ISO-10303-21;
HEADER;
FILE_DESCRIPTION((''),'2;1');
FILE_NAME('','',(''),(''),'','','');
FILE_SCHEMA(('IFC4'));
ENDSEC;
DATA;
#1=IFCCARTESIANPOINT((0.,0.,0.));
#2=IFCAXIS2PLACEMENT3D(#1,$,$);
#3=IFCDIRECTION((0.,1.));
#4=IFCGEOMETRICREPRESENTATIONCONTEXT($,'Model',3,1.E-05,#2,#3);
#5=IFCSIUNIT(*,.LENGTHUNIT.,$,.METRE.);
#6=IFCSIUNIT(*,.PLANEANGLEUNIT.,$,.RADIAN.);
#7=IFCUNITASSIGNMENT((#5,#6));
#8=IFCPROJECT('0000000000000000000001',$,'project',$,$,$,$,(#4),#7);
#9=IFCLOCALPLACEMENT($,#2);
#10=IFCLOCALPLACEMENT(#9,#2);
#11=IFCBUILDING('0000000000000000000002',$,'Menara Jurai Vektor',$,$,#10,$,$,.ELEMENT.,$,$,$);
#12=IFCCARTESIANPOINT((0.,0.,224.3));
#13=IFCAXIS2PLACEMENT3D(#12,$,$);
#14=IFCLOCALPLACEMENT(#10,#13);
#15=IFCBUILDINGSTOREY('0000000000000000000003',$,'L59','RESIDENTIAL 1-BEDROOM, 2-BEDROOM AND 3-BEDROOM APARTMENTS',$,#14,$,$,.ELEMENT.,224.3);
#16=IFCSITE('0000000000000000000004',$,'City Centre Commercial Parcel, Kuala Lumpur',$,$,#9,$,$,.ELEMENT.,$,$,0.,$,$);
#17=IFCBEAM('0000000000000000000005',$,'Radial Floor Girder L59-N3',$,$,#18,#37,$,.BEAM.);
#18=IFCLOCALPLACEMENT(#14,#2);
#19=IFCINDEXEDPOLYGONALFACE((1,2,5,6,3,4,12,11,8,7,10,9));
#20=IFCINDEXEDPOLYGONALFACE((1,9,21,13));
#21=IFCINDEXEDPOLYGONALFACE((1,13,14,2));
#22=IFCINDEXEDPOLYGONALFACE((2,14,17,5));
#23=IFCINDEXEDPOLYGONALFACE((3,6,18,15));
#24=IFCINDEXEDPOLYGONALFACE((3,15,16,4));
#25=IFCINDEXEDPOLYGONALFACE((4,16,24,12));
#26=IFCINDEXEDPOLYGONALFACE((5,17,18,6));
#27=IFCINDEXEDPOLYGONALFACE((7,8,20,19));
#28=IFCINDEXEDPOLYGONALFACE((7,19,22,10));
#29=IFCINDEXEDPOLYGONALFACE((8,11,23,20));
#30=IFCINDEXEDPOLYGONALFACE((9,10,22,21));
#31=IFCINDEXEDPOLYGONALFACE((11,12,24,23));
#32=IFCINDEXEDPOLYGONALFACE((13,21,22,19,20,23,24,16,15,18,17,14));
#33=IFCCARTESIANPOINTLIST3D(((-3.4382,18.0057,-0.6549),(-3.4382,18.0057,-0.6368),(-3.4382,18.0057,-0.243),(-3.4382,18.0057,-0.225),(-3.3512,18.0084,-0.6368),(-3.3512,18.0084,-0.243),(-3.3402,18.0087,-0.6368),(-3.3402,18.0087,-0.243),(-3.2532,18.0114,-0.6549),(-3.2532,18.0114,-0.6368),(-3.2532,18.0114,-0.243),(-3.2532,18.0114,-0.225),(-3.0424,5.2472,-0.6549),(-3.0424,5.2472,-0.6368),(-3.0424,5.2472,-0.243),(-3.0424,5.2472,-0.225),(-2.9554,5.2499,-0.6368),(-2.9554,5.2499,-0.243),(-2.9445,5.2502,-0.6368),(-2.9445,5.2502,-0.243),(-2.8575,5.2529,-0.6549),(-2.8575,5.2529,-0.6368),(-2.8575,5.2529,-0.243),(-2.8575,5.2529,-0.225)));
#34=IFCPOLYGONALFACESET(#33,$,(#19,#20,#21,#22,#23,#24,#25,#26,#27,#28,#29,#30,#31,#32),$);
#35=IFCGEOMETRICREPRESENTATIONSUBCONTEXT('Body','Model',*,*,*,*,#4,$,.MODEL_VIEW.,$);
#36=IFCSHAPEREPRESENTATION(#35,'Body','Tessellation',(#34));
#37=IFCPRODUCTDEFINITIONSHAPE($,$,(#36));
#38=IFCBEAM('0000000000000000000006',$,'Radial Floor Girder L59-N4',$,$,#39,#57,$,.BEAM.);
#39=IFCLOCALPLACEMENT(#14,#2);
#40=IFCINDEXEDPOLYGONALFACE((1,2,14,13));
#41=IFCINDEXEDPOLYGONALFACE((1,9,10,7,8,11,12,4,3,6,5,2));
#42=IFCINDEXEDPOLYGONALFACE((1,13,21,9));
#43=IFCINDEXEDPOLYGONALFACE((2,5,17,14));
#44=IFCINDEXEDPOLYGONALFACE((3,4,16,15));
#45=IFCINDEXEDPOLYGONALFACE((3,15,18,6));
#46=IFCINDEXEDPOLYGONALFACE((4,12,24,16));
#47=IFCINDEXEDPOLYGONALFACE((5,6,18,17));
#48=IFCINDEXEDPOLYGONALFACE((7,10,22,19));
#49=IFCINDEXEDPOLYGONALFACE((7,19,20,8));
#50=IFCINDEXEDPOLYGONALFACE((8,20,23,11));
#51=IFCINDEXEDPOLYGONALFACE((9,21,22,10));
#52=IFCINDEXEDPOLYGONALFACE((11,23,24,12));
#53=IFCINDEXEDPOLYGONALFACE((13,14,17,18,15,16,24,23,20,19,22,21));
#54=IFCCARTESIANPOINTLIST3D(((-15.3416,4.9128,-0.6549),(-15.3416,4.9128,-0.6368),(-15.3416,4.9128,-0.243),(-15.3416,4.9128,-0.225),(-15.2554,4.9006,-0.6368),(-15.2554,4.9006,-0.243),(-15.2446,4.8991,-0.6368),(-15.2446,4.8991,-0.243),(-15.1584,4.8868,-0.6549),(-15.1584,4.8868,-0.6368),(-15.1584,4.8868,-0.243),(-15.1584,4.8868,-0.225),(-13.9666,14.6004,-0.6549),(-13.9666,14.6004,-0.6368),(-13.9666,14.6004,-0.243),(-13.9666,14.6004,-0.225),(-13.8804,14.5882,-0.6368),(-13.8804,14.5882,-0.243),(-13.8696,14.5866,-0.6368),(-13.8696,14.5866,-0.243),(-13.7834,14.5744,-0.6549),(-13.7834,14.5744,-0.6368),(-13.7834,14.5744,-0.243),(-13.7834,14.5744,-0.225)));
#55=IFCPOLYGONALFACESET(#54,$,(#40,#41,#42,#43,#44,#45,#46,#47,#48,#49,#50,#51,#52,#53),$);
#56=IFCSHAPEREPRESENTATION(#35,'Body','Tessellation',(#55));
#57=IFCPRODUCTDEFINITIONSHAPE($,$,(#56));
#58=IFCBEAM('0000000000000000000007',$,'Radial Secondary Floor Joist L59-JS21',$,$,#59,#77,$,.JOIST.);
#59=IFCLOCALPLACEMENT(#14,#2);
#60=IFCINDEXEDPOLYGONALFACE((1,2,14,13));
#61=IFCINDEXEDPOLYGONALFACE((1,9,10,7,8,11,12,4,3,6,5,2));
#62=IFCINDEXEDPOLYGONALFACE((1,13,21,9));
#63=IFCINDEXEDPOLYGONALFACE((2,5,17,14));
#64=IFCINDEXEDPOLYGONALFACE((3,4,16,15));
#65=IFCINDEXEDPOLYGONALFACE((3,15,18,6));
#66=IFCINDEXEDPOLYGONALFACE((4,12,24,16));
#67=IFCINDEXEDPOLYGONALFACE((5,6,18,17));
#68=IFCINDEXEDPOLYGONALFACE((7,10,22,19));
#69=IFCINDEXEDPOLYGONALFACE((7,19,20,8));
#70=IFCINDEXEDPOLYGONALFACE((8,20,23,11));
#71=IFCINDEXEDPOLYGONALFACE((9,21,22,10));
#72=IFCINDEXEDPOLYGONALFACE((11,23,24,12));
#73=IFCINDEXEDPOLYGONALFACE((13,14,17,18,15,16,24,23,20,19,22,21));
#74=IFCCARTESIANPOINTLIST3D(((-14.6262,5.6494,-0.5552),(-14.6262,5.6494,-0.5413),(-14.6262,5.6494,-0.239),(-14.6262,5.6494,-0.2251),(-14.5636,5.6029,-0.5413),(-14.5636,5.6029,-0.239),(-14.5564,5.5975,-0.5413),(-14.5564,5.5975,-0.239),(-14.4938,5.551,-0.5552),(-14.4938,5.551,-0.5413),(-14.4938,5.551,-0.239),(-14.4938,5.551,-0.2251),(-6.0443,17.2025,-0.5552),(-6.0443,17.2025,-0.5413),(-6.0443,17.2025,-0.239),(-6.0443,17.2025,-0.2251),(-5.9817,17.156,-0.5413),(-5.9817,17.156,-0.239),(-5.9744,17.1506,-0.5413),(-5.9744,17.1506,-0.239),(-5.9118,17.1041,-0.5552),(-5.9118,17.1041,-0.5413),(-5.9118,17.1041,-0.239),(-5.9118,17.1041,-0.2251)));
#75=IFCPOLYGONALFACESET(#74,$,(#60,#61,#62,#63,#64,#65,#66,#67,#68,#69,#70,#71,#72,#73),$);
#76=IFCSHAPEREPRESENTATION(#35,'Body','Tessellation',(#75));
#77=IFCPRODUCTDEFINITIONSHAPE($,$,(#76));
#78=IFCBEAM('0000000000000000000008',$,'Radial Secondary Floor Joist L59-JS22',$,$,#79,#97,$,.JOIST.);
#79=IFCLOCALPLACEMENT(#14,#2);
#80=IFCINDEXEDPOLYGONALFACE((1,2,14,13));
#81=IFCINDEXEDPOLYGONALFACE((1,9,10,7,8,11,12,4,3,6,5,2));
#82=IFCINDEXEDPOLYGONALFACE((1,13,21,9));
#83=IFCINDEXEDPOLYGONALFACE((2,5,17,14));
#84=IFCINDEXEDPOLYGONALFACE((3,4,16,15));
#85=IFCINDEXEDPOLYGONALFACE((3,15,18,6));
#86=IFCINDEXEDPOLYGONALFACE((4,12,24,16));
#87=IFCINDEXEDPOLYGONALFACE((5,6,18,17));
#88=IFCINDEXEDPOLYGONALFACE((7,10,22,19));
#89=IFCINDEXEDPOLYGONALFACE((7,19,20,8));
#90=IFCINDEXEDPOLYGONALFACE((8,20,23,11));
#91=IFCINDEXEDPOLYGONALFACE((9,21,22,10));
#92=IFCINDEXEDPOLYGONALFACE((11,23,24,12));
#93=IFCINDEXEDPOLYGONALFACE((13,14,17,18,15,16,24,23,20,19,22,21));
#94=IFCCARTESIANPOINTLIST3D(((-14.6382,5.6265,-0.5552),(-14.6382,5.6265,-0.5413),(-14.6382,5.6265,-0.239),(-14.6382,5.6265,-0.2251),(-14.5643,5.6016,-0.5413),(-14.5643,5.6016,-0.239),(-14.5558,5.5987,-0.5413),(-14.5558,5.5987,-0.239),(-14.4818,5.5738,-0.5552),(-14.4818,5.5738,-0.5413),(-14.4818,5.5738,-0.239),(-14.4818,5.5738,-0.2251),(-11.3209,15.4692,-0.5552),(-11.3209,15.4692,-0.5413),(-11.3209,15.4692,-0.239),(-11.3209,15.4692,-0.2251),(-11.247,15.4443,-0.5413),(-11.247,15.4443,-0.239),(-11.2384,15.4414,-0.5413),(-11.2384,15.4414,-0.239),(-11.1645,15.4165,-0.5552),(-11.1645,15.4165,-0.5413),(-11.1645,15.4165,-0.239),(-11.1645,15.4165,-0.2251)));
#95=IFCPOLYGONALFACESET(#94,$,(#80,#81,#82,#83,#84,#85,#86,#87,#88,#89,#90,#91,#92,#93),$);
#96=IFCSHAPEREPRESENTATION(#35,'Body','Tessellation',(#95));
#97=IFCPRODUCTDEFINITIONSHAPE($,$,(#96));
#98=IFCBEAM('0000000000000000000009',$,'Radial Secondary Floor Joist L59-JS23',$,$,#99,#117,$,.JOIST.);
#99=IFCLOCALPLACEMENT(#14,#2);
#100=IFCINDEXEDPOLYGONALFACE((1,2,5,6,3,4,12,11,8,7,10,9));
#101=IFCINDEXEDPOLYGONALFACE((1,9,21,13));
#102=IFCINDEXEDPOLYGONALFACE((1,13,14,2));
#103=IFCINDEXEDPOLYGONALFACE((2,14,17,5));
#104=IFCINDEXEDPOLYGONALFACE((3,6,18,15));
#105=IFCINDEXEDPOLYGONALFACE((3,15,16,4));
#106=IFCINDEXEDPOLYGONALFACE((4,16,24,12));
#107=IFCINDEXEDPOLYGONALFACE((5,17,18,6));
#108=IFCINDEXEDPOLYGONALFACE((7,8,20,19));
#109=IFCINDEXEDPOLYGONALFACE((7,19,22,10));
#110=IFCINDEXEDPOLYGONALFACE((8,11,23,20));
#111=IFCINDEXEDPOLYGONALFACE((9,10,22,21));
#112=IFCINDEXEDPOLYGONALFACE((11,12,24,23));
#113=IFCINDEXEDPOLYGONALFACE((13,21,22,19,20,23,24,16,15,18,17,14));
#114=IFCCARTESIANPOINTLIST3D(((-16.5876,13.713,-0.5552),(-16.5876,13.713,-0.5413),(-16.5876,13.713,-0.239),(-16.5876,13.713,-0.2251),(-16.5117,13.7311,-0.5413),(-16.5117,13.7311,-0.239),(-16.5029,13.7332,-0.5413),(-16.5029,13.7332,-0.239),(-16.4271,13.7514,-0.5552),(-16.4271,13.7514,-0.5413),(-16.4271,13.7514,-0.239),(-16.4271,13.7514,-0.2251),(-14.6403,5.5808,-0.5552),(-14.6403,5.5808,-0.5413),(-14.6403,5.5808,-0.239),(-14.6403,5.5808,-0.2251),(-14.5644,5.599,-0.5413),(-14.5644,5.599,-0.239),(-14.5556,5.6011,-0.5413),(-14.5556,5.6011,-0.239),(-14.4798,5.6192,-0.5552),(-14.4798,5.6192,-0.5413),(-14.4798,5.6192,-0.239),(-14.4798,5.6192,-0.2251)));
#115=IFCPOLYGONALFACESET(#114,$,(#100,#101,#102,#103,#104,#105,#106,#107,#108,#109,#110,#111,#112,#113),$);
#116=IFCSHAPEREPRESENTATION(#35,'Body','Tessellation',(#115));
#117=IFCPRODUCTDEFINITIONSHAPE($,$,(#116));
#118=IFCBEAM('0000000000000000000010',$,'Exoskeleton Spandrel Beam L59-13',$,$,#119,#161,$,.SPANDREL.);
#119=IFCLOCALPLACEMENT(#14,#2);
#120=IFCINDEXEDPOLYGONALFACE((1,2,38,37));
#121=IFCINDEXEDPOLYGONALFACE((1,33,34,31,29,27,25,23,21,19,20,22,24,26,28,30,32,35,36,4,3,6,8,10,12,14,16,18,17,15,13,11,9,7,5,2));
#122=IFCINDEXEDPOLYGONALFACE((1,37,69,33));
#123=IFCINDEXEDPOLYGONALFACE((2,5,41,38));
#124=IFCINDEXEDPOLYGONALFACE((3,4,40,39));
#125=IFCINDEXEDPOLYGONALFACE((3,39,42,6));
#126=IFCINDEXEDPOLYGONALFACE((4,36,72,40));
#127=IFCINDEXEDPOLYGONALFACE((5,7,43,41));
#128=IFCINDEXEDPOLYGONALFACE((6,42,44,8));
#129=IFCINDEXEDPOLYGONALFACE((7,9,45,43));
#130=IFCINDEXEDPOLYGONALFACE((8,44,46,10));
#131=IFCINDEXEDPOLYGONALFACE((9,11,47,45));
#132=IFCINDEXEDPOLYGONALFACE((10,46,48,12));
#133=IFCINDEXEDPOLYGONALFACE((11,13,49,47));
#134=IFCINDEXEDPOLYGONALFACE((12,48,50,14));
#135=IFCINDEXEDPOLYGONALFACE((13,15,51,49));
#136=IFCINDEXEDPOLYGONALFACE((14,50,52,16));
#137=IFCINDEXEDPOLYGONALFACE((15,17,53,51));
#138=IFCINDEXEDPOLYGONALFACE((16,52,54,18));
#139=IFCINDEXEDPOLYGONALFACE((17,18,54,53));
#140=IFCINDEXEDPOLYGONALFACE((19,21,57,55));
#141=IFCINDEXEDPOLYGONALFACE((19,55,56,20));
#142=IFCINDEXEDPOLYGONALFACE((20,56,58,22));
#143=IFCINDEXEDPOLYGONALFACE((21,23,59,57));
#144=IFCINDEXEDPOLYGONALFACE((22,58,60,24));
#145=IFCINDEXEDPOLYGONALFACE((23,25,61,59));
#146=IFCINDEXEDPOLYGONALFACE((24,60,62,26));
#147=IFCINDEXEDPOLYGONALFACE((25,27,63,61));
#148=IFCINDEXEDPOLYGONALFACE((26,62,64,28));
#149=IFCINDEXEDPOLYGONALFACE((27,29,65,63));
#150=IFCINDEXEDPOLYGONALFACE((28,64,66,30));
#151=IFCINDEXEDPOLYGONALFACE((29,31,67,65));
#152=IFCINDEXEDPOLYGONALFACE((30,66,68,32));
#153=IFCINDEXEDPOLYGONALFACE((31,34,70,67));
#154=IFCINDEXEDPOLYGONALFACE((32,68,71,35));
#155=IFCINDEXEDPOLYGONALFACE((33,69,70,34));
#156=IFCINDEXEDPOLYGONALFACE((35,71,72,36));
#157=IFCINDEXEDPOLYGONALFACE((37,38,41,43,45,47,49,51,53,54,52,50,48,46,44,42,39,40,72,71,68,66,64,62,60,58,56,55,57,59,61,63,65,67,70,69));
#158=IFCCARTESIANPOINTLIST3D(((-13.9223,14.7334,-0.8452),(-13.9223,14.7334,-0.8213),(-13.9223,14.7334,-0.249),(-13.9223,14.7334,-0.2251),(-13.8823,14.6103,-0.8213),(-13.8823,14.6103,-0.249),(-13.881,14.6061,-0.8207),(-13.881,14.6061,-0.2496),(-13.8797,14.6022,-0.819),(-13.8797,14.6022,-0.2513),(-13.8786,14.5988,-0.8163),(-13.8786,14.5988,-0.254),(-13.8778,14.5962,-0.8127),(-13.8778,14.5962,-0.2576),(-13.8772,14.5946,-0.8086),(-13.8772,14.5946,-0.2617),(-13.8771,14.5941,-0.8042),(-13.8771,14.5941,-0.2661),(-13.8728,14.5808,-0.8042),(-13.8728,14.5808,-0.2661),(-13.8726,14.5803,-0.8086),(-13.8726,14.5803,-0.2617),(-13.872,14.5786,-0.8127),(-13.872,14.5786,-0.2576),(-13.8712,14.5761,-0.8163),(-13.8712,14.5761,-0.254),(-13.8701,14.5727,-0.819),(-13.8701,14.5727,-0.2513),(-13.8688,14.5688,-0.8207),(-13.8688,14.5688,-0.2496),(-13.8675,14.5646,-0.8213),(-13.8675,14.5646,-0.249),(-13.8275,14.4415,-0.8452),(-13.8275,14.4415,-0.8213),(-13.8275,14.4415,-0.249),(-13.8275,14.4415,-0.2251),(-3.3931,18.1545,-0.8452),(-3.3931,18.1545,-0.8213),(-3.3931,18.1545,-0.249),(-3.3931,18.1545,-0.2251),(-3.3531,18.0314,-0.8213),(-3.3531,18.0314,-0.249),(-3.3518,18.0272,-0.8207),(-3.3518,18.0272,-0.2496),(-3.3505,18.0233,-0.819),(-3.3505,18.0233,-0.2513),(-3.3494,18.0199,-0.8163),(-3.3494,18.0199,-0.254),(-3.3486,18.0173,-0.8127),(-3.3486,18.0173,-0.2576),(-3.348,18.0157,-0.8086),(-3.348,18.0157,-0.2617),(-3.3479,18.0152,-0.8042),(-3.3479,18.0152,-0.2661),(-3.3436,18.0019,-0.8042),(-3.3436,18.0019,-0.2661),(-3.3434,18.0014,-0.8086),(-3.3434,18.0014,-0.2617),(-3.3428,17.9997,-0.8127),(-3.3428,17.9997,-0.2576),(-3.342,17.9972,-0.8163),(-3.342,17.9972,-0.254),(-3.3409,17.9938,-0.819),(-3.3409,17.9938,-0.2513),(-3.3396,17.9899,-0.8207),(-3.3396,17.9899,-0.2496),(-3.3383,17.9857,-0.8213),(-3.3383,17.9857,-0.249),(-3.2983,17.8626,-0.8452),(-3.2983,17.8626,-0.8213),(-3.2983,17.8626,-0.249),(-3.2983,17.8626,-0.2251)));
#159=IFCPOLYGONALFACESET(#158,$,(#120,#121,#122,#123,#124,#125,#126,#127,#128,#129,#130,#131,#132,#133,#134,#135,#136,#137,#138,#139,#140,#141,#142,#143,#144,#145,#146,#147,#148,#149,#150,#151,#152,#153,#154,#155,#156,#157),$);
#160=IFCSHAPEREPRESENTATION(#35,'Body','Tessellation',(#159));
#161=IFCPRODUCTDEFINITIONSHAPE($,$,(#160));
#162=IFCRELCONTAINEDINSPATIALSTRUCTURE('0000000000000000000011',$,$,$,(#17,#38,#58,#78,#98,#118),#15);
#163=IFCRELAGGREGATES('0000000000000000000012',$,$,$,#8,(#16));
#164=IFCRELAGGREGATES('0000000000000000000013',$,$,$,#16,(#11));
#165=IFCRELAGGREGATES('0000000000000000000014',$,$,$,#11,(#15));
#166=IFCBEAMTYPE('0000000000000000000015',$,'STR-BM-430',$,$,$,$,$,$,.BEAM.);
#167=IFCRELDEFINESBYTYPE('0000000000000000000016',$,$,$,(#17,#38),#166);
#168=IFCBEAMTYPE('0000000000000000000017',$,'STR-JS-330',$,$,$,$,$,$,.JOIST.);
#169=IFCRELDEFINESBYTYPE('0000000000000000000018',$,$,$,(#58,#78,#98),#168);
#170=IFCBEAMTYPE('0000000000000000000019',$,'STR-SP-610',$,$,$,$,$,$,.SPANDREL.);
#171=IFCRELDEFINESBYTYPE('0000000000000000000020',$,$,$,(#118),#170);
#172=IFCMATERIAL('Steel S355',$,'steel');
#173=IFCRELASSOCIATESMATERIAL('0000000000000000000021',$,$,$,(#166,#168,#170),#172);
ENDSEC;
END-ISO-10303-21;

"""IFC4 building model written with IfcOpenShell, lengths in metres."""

from ifc_helpers import new_model, si_unit, direction, frame, origin, origin_2d, place, context, subcontext, project, spatial, i_section, extrude, material, material_profile, profile_set, type_object, element, save


model = new_model("IFC4")

# Units and contexts
model_context = context("Model", 3, precision=1e-05, world=origin(), true_north=direction((0.0, 1.0)))
body_context = subcontext(model_context, "Body", "Model", "MODEL_VIEW")
ifc_project = project(units=[si_unit("LENGTHUNIT", "METRE"), si_unit("PLANEANGLEUNIT", "RADIAN")], contexts=[model_context])

# Site, building, storey
site_placement = place(None, origin())
site = spatial("IfcSite", under=ifc_project, at=site_placement, Name="City Centre Commercial Parcel, Kuala Lumpur", CompositionType="ELEMENT", RefElevation=0.0)
building_placement = place(site_placement, origin())
building = spatial("IfcBuilding", under=site, at=building_placement, Name="Menara Jurai Vektor", CompositionType="ELEMENT")
storey_placement = place(building_placement, frame((0.0, 0.0, 224.3)))
storey = spatial("IfcBuildingStorey", under=building, at=storey_placement, Name="L59", Description="RESIDENTIAL 1-BEDROOM, 2-BEDROOM AND 3-BEDROOM APARTMENTS", CompositionType="ELEMENT", Elevation=224.3)

# Beams
ifc_material_1 = material(Name="Steel S355", Category="steel")
ifc_material_profile_1 = material_profile(ifc_material_1, i_section(OverallWidth=0.1851, OverallDepth=0.4299, WebThickness=0.011, FlangeThickness=0.0181, at=origin_2d()), Name="PG 430x185x76")
ifc_profile_set_1 = profile_set([ifc_material_profile_1], Name="Steel S355")
beam_type_1 = type_object("IfcBeamType", Name="STR-BM-430", PredefinedType="BEAM", material=ifc_profile_set_1)
beam_1_placement = place(storey_placement, frame((-3.3457, 18.0085, -0.4399), z_axis=(0.031004, -0.999519, 0.0), x_axis=(0.999519, 0.031004, 0.0)))
element("IfcBeam", 1, at=beam_1_placement, inside=storey, type_object=beam_type_1, Name="Radial Floor Girder L59-N3", PredefinedType="BEAM", context=body_context, shape_type="SweptSolid", body=[
    extrude(i_section(OverallWidth=0.1851, OverallDepth=0.4299, WebThickness=0.011, FlangeThickness=0.0181, at=origin_2d()), origin(), (0.0, 0.0, 1.0), 12.7646),
])
beam_2_placement = place(storey_placement, frame((-13.875, 14.5874, -0.4399), z_axis=(-0.140527, -0.990077, 0.0), x_axis=(0.990077, -0.140527, 0.0)))
element("IfcBeam", 2, at=beam_2_placement, inside=storey, type_object=beam_type_1, Name="Radial Floor Girder L59-N4", PredefinedType="BEAM", context=body_context, shape_type="SweptSolid", body=[
    extrude(i_section(OverallWidth=0.1851, OverallDepth=0.4299, WebThickness=0.011, FlangeThickness=0.0181, at=origin_2d()), origin(), (0.0, 0.0, 1.0), 9.7847),
])
ifc_material_profile_2 = material_profile(ifc_material_1, i_section(OverallWidth=0.165, OverallDepth=0.3301, WebThickness=0.009, FlangeThickness=0.0139, at=origin_2d()), Name="PG 330x165x46")
ifc_profile_set_2 = profile_set([ifc_material_profile_2], Name="Steel S355")
beam_type_2 = type_object("IfcBeamType", Name="STR-JS-330", PredefinedType="JOIST", material=ifc_profile_set_2)
beam_3_placement = place(storey_placement, frame((-5.978, 17.1533, -0.3901), z_axis=(-0.596308, -0.802756, 0.0), x_axis=(0.802756, -0.596308, 0.0)))
element("IfcBeam", 3, at=beam_3_placement, inside=storey, type_object=beam_type_2, Name="Radial Secondary Floor Joist L59-JS21", PredefinedType="JOIST", context=body_context, shape_type="SweptSolid", body=[
    extrude(i_section(OverallWidth=0.165, OverallDepth=0.3301, WebThickness=0.009, FlangeThickness=0.0139, at=origin_2d()), origin(), (0.0, 0.0, 1.0), 14.3918),
])
beam_4_placement = place(storey_placement, frame((-11.2427, 15.4429, -0.3901), z_axis=(-0.319385, -0.947625, 0.0), x_axis=(0.947625, -0.319385, 0.0)))
element("IfcBeam", 4, at=beam_4_placement, inside=storey, type_object=beam_type_2, Name="Radial Secondary Floor Joist L59-JS22", PredefinedType="JOIST", context=body_context, shape_type="SweptSolid", body=[
    extrude(i_section(OverallWidth=0.165, OverallDepth=0.3301, WebThickness=0.009, FlangeThickness=0.0139, at=origin_2d()), origin(), (0.0, 0.0, 1.0), 10.3867),
])
beam_5_placement = place(storey_placement, frame((-16.5073, 13.7322, -0.3901), z_axis=(0.232872, -0.972507, 0.0), x_axis=(0.972507, 0.232872, 0.0)))
element("IfcBeam", 5, at=beam_5_placement, inside=storey, type_object=beam_type_2, Name="Radial Secondary Floor Joist L59-JS23", PredefinedType="JOIST", context=body_context, shape_type="SweptSolid", body=[
    extrude(i_section(OverallWidth=0.165, OverallDepth=0.3301, WebThickness=0.009, FlangeThickness=0.0139, at=origin_2d()), origin(), (0.0, 0.0, 1.0), 8.3621),
])
ifc_material_profile_3 = material_profile(ifc_material_1, i_section(OverallWidth=0.3069, OverallDepth=0.6201, WebThickness=0.0139, FlangeThickness=0.0239, FilletRadius=0.0171, at=origin_2d()), Name="UKB 610x305x179")
ifc_profile_set_3 = profile_set([ifc_material_profile_3], Name="Steel S355")
beam_type_3 = type_object("IfcBeamType", Name="STR-SP-610", PredefinedType="SPANDREL", material=ifc_profile_set_3)
for number, where, z_axis, x_axis, name in (
    (6, (-3.3457, 18.0085, -0.5352), (-0.951057, -0.309014, 0.0), (0.309014, -0.951057, 0.0), "Exoskeleton Spandrel Beam L59-13"),
):
    element("IfcBeam", number, at=place(storey_placement, frame(where, z_axis=z_axis, x_axis=x_axis)), inside=storey, type_object=beam_type_3, Name=name, PredefinedType="SPANDREL", context=body_context, shape_type="SweptSolid", body=[
        extrude(i_section(OverallWidth=0.3069, OverallDepth=0.6201, WebThickness=0.0139, FlangeThickness=0.0239, FilletRadius=0.0171, at=origin_2d()), origin(), (0.0, 0.0, 1.0), 11.071),
    ])

save(model, "model.ifc")
